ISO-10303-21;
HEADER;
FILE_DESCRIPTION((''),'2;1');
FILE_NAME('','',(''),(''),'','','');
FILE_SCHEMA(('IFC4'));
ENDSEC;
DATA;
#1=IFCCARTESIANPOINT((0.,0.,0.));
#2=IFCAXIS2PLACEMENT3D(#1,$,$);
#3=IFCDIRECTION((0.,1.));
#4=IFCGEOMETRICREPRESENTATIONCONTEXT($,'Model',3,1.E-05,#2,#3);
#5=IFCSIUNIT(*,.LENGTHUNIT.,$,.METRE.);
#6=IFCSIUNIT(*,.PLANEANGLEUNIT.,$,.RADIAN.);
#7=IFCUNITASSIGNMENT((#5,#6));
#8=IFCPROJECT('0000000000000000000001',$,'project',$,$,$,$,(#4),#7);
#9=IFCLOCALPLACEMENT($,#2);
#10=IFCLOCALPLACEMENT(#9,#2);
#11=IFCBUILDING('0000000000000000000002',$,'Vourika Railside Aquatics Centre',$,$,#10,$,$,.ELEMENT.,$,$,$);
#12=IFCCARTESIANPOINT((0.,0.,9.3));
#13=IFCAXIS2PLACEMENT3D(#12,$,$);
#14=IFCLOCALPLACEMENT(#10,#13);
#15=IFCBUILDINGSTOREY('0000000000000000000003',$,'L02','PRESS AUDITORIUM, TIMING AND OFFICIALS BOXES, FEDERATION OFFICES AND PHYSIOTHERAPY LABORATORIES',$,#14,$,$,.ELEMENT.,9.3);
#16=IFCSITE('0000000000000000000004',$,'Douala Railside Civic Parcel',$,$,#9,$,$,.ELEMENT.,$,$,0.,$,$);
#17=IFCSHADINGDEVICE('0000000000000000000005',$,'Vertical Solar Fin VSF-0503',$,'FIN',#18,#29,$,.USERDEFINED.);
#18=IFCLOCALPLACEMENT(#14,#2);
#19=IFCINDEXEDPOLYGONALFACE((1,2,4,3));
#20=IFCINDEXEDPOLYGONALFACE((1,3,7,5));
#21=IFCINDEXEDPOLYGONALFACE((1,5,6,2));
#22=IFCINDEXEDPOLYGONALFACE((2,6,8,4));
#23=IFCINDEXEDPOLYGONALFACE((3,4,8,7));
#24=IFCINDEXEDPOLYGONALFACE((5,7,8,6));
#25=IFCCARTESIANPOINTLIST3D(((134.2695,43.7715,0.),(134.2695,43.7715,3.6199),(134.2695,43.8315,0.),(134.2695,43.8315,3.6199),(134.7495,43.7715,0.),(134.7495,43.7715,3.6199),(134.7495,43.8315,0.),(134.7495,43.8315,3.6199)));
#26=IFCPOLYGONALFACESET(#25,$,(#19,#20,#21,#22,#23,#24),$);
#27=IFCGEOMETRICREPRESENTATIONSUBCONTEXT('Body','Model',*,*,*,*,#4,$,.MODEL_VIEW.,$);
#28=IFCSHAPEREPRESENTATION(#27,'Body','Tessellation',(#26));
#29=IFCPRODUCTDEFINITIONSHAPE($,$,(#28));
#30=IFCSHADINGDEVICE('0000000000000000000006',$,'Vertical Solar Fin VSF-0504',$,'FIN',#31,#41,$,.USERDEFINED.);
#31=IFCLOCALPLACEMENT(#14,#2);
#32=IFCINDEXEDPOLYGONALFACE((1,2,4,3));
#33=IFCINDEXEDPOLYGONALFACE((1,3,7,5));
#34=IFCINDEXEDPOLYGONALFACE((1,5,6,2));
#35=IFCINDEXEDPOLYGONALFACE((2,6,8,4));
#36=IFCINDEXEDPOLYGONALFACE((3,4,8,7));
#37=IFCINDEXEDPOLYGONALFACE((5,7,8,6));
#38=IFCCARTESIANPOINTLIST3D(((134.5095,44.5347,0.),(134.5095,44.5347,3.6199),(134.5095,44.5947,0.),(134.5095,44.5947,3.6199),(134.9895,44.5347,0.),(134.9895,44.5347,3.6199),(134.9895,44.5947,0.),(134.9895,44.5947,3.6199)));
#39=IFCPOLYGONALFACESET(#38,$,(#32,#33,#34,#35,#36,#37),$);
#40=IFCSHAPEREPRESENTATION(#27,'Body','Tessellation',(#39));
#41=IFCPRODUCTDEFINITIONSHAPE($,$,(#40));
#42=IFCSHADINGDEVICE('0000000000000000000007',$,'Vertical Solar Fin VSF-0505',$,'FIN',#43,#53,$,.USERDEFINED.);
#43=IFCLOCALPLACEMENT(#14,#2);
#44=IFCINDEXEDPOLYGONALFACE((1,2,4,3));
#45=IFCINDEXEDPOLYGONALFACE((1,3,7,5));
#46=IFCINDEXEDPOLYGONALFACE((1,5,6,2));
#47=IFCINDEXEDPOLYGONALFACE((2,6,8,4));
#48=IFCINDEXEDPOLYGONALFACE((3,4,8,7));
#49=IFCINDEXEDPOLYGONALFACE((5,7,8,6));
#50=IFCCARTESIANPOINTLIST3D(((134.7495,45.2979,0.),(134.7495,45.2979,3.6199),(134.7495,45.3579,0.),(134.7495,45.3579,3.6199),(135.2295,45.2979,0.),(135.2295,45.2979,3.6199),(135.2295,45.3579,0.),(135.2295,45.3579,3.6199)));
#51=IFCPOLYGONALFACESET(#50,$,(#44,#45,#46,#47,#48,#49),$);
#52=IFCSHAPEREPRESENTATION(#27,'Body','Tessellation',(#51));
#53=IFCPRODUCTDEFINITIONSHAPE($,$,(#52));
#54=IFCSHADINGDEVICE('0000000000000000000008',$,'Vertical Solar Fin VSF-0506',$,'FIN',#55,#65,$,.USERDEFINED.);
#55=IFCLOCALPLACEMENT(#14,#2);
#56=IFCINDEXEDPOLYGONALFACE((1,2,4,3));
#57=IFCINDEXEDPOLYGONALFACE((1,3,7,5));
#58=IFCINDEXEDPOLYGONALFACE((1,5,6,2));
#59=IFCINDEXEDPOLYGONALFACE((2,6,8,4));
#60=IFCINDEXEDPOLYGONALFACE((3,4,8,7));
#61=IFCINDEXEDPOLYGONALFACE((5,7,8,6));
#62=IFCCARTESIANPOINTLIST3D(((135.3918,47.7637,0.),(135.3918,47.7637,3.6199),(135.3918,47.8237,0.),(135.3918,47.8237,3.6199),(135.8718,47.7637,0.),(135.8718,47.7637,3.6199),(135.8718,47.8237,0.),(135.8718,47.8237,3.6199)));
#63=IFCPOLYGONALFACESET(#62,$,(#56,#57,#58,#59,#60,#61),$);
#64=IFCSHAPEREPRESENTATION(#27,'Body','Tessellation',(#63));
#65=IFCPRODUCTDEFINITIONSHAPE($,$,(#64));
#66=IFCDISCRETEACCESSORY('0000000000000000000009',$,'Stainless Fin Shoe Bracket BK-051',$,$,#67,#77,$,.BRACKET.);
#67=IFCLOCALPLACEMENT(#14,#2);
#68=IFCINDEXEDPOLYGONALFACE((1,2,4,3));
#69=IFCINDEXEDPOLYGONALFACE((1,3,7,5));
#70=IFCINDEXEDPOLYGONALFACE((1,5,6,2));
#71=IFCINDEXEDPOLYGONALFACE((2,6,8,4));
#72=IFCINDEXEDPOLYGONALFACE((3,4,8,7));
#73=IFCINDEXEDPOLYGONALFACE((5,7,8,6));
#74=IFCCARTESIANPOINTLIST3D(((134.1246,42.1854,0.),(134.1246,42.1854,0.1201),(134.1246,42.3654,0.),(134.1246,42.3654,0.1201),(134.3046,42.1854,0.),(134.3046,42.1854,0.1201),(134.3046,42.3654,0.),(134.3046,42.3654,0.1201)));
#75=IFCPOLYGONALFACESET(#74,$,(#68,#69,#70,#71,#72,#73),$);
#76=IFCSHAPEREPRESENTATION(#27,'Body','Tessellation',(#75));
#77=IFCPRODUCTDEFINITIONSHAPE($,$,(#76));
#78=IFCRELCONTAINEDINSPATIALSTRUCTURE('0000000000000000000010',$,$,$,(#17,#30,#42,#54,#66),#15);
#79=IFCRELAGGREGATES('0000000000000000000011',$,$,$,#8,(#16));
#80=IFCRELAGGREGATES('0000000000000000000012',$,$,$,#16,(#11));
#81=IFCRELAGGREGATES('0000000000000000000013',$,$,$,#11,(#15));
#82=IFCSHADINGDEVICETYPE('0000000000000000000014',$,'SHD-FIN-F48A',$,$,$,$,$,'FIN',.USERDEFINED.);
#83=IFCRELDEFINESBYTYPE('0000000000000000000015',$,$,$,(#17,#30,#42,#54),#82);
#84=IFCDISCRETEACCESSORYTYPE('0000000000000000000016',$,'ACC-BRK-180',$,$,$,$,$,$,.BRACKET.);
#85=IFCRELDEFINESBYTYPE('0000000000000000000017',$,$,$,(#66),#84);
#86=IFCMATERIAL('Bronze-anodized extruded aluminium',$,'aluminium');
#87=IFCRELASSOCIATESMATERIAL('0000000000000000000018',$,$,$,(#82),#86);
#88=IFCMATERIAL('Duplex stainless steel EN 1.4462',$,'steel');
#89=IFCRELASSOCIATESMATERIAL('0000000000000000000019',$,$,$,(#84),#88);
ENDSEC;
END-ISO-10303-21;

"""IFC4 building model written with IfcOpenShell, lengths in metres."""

from ifc_helpers import new_model, si_unit, direction, frame, origin, origin_2d, place, context, subcontext, project, spatial, rectangle, extrude, material, material_profile, profile_set, type_object, element, save


model = new_model("IFC4")

# Units and contexts
model_context = context("Model", 3, precision=1e-05, world=origin(), true_north=direction((0.0, 1.0)))
body_context = subcontext(model_context, "Body", "Model", "MODEL_VIEW")
ifc_project = project(units=[si_unit("LENGTHUNIT", "METRE"), si_unit("PLANEANGLEUNIT", "RADIAN")], contexts=[model_context])

# Site, building, storey
site_placement = place(None, origin())
site = spatial("IfcSite", under=ifc_project, at=site_placement, Name="Douala Railside Civic Parcel", CompositionType="ELEMENT", RefElevation=0.0)
building_placement = place(site_placement, origin())
building = spatial("IfcBuilding", under=site, at=building_placement, Name="Vourika Railside Aquatics Centre", CompositionType="ELEMENT")
storey_placement = place(building_placement, frame((0.0, 0.0, 9.3)))
storey = spatial("IfcBuildingStorey", under=building, at=storey_placement, Name="L02", Description="PRESS AUDITORIUM, TIMING AND OFFICIALS BOXES, FEDERATION OFFICES AND PHYSIOTHERAPY LABORATORIES", CompositionType="ELEMENT", Elevation=9.3)

# Shading devices
ifc_material_1 = material(Name="Bronze-anodized extruded aluminium", Category="aluminium")
ifc_material_profile_1 = material_profile(ifc_material_1, rectangle(XDim=0.0601, YDim=0.48, at=origin_2d()), Name="ALU-FIN 60x480")
ifc_profile_set_1 = profile_set([ifc_material_profile_1], Name="Bronze-anodized extruded aluminium")
shading_device_type = type_object("IfcShadingDeviceType", Name="SHD-FIN-F48A", ElementType="FIN", PredefinedType="USERDEFINED", material=ifc_profile_set_1)
for number, where, z_axis, x_axis, name in (
    (1, (134.5095, 43.8015, 0.0), (0.0, 0.0, 1.0), (0.0, 1.0, 0.0), "Vertical Solar Fin VSF-0503"),
    (2, (134.7495, 44.5647, 0.0), (0.0, 0.0, 1.0), (0.0, 1.0, 0.0), "Vertical Solar Fin VSF-0504"),
    (3, (134.9895, 45.3279, 0.0), (0.0, 0.0, 1.0), (0.0, 1.0, 0.0), "Vertical Solar Fin VSF-0505"),
    (4, (135.6318, 47.7937, 0.0), (0.0, 0.0, 1.0), (0.0, 1.0, 0.0), "Vertical Solar Fin VSF-0506"),
):
    element("IfcShadingDevice", number, at=place(storey_placement, frame(where, z_axis=z_axis, x_axis=x_axis)), inside=storey, type_object=shading_device_type, Name=name, ObjectType="FIN", PredefinedType="USERDEFINED", context=body_context, shape_type="SweptSolid", body=[
        extrude(rectangle(XDim=0.0601, YDim=0.48, at=origin_2d()), origin(), (0.0, 0.0, 1.0), 3.6199),
    ])

# Discrete accessory
ifc_material_2 = material(Name="Duplex stainless steel EN 1.4462", Category="steel")
discrete_accessory_type = type_object("IfcDiscreteAccessoryType", Name="ACC-BRK-180", PredefinedType="BRACKET", material=ifc_material_2)
discrete_accessory_placement = place(storey_placement, frame((134.2146, 42.2754, 0.0), z_axis=(0.0, 0.0, 1.0), x_axis=(-1.0, 0.0, 0.0)))
element("IfcDiscreteAccessory", 5, at=discrete_accessory_placement, inside=storey, type_object=discrete_accessory_type, Name="Stainless Fin Shoe Bracket BK-051", PredefinedType="BRACKET", context=body_context, shape_type="SweptSolid", body=[
    extrude(rectangle(XDim=0.1799, YDim=0.1799, at=origin_2d()), origin(), (0.0, 0.0, 1.0), 0.1201),
])

save(model, "model.ifc")
